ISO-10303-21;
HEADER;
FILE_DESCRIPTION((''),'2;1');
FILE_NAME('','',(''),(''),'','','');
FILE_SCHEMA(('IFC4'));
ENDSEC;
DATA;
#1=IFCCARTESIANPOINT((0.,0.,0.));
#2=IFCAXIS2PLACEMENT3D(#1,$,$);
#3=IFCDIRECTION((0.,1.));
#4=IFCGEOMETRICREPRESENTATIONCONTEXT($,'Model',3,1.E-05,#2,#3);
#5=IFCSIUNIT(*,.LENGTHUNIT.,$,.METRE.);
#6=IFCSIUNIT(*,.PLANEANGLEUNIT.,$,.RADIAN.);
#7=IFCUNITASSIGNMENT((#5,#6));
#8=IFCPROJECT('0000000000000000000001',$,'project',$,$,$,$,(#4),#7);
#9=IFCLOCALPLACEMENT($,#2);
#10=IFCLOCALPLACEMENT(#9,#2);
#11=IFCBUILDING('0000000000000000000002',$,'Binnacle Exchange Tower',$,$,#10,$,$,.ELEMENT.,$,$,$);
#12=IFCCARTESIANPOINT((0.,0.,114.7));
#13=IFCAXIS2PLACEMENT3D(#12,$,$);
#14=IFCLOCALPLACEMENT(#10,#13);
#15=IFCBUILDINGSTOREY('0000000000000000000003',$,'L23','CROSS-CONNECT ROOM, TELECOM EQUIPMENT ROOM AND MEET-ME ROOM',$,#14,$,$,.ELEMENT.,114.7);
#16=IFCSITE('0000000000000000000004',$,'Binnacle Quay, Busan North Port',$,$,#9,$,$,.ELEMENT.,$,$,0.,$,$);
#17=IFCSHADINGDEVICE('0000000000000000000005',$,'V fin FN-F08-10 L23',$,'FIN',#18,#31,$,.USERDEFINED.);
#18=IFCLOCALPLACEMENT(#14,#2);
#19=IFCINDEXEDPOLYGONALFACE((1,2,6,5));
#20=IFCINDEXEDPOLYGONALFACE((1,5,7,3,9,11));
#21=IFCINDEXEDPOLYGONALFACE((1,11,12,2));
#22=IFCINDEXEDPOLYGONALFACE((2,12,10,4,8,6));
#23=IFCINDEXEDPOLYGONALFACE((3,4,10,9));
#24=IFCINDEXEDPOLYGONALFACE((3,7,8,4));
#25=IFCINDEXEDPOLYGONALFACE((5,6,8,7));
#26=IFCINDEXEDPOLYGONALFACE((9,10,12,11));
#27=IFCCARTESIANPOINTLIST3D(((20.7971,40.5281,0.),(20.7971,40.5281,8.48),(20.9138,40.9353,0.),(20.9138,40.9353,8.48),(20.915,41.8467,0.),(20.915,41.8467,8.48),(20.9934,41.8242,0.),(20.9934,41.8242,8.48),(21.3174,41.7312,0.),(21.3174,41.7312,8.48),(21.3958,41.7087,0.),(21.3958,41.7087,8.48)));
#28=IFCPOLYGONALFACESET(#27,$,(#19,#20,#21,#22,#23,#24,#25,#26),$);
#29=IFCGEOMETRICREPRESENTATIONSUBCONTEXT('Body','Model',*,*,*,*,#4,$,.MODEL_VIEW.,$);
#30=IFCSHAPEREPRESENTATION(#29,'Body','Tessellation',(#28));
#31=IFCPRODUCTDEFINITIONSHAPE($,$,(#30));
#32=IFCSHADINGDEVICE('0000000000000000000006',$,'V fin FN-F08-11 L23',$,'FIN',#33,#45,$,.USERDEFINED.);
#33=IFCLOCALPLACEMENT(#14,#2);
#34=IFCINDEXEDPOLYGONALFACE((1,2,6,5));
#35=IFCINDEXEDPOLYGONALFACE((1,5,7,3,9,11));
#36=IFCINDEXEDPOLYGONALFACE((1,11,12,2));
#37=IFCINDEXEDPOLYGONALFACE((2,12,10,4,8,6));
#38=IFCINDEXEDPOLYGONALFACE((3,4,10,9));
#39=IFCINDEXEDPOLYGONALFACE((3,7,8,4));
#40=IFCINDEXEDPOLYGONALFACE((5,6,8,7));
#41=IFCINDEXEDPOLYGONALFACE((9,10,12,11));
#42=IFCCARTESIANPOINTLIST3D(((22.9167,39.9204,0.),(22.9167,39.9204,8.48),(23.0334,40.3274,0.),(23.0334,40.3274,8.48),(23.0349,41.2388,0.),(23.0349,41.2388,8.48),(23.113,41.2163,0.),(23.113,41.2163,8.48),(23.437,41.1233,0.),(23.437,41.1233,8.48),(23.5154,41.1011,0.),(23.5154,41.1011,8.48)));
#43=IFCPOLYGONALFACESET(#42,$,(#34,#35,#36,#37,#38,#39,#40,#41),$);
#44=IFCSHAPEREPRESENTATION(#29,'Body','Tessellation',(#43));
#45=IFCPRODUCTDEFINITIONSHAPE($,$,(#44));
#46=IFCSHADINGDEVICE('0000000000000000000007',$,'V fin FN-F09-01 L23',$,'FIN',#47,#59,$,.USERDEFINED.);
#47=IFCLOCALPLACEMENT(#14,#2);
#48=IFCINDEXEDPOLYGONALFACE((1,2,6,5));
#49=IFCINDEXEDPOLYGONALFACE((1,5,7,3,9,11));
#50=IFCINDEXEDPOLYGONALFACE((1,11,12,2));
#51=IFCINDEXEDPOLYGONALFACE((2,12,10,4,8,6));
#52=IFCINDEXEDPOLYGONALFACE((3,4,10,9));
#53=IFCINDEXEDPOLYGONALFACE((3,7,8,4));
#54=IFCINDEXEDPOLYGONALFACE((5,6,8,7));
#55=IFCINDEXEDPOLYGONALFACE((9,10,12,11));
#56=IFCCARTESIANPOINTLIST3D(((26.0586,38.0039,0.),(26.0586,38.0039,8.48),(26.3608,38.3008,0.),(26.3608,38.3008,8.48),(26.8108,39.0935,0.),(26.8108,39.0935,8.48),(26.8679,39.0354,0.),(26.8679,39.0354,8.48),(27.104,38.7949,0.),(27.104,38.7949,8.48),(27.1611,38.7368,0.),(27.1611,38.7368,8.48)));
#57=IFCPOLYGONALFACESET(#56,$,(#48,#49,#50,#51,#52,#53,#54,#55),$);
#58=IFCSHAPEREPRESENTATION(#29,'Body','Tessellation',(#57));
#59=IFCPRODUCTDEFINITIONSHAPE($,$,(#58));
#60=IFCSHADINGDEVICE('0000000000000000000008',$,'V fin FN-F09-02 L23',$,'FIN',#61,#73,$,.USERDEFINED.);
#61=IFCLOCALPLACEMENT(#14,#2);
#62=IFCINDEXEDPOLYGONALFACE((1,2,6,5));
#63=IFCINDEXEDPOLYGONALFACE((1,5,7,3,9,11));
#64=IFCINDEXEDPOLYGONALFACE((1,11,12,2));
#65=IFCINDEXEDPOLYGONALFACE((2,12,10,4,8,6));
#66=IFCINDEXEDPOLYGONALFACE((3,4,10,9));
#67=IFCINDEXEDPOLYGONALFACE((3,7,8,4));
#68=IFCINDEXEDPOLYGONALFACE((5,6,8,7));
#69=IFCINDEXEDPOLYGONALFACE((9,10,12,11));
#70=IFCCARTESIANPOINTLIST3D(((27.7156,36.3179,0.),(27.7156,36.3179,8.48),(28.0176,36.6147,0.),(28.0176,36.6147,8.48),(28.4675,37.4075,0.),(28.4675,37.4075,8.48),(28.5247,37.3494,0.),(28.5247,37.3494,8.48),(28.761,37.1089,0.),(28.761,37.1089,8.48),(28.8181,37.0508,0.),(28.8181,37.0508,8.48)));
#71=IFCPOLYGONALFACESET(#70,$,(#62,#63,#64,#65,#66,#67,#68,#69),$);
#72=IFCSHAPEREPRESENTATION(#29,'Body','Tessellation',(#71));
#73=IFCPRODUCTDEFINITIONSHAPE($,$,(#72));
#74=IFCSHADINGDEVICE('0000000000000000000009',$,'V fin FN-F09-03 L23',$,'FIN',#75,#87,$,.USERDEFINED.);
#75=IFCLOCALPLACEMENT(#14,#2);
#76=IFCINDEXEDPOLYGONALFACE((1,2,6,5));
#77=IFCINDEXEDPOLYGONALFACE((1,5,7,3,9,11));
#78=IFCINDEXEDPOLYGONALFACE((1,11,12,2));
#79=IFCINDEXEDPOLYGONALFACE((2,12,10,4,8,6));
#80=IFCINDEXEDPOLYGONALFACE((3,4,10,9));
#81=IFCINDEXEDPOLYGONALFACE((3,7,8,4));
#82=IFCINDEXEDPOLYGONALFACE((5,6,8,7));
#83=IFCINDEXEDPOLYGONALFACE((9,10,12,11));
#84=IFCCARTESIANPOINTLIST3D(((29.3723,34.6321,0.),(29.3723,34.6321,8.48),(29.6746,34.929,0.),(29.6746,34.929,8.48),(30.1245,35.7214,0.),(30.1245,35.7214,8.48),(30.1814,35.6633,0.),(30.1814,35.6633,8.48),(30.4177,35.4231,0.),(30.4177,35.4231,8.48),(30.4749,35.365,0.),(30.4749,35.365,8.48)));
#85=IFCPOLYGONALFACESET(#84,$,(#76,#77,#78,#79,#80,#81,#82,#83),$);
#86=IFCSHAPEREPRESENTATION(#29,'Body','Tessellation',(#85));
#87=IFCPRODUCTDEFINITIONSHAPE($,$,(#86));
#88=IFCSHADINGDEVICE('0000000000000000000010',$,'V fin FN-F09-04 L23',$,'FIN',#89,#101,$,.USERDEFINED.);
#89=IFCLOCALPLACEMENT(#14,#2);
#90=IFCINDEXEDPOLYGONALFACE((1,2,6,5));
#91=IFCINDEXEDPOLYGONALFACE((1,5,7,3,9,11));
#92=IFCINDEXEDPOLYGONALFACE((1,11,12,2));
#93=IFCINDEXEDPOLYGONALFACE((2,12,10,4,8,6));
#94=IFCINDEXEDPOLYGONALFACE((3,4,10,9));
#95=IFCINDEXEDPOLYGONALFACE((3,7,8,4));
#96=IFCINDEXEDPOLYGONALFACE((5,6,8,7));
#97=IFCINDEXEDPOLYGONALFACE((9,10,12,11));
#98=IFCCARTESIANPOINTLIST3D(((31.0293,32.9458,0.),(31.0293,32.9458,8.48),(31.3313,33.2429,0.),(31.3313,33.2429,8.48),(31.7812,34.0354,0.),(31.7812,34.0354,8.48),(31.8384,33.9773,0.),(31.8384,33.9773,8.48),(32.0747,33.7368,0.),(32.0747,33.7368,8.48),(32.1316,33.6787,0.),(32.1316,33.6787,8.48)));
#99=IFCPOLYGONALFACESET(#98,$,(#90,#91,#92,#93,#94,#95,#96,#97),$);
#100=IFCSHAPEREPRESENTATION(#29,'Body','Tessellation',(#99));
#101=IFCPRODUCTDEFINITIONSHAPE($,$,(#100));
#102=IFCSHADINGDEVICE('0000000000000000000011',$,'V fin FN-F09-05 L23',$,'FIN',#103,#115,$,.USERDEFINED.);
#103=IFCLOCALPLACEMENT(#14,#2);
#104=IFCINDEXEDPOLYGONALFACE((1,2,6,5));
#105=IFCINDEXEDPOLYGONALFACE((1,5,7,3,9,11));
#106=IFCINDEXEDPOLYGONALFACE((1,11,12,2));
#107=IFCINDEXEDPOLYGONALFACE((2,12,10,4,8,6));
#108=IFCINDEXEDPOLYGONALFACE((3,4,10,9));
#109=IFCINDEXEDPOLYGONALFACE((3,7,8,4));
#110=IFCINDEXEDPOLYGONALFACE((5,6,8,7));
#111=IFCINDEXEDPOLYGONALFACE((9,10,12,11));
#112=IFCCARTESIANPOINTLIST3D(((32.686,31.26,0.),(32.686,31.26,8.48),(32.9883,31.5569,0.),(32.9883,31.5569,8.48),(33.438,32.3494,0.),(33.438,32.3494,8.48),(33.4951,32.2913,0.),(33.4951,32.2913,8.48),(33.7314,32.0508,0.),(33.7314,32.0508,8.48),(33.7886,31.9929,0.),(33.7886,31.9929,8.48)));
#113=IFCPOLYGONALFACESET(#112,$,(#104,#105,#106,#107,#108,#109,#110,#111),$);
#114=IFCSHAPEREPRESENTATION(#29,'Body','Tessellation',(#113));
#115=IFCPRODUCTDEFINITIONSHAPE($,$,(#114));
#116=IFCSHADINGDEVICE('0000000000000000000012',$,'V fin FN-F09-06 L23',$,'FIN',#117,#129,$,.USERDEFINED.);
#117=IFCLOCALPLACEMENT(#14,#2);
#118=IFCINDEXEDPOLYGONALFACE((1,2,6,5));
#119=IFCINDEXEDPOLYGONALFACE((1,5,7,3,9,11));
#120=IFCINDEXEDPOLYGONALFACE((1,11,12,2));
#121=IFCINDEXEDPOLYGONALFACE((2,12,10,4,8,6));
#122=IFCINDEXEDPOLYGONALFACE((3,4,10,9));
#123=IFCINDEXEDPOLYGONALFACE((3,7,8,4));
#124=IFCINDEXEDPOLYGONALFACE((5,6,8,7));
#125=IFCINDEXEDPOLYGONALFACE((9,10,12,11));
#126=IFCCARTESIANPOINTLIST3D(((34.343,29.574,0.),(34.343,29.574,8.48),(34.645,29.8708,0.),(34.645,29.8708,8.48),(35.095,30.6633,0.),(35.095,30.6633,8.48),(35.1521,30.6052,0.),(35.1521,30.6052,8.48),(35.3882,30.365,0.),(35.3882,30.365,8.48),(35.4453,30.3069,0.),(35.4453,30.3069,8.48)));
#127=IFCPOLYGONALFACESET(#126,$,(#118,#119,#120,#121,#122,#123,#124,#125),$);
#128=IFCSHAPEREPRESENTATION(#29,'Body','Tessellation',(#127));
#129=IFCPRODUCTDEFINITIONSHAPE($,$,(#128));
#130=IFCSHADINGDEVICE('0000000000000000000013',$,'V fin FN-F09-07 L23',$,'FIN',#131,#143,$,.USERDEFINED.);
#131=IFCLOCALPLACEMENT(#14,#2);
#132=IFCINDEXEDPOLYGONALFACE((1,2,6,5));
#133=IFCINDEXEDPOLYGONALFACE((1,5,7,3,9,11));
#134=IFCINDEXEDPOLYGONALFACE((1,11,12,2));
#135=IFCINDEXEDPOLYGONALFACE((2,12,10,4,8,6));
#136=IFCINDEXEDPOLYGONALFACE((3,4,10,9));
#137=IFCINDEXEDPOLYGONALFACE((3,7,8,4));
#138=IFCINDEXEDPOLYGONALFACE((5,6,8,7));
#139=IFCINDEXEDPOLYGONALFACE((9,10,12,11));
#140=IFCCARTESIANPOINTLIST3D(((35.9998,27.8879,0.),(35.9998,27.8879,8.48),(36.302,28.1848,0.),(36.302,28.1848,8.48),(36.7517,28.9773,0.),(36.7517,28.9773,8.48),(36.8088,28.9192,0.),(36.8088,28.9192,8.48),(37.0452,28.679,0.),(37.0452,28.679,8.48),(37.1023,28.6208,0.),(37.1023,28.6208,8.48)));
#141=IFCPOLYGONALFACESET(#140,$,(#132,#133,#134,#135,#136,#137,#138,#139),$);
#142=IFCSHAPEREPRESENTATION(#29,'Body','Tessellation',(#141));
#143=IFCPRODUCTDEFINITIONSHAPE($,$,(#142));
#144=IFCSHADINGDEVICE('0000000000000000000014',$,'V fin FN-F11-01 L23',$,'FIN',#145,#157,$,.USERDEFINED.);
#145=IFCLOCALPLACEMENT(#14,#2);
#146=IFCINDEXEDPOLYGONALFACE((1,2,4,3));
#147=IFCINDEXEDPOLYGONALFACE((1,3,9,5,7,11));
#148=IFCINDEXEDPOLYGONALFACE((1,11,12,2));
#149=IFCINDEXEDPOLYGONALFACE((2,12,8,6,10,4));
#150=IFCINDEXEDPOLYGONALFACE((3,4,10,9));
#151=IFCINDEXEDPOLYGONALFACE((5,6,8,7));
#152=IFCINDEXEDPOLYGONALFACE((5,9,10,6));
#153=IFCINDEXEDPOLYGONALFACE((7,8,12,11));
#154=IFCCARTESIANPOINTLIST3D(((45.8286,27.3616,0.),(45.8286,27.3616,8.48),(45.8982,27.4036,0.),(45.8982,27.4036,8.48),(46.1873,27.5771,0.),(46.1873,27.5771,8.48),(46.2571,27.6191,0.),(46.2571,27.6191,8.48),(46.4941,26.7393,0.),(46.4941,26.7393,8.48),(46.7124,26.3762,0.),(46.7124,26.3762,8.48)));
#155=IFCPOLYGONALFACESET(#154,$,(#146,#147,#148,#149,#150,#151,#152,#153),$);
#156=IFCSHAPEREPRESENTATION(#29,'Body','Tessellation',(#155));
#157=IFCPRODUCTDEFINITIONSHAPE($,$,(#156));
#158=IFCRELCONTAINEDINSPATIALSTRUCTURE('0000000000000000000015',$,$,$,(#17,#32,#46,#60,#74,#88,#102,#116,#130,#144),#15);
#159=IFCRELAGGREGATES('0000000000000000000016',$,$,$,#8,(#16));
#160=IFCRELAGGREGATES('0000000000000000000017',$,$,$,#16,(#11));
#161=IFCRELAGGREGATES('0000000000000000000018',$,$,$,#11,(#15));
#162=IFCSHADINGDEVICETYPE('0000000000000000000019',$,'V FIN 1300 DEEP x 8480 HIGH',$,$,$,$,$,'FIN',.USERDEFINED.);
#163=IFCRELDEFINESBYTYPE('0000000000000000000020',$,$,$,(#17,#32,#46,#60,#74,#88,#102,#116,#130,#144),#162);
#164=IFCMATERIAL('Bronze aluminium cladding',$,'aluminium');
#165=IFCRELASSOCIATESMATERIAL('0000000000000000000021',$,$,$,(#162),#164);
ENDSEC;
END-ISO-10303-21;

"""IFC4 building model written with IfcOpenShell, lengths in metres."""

from ifc_helpers import new_model, si_unit, direction, frame, origin, place, context, subcontext, project, spatial, polyline, outline, extrude, material, type_object, element, save


model = new_model("IFC4")

# Units and contexts
model_context = context("Model", 3, precision=1e-05, world=origin(), true_north=direction((0.0, 1.0)))
body_context = subcontext(model_context, "Body", "Model", "MODEL_VIEW")
ifc_project = project(units=[si_unit("LENGTHUNIT", "METRE"), si_unit("PLANEANGLEUNIT", "RADIAN")], contexts=[model_context])

# Site, building, storey
site_placement = place(None, origin())
site = spatial("IfcSite", under=ifc_project, at=site_placement, Name="Binnacle Quay, Busan North Port", CompositionType="ELEMENT", RefElevation=0.0)
building_placement = place(site_placement, origin())
building = spatial("IfcBuilding", under=site, at=building_placement, Name="Binnacle Exchange Tower", CompositionType="ELEMENT")
storey_placement = place(building_placement, frame((0.0, 0.0, 114.7)))
storey = spatial("IfcBuildingStorey", under=building, at=storey_placement, Name="L23", Description="CROSS-CONNECT ROOM, TELECOM EQUIPMENT ROOM AND MEET-ME ROOM", CompositionType="ELEMENT", Elevation=114.7)

# Shading devices
ifc_material = material(Name="Bronze aluminium cladding", Category="aluminium")
shading_device_type = type_object("IfcShadingDeviceType", Name="V FIN 1300 DEEP x 8480 HIGH", ElementType="FIN", PredefinedType="USERDEFINED", material=ifc_material)
shading_device_1_placement = place(storey_placement, origin())
element("IfcShadingDevice", 1, at=shading_device_1_placement, inside=storey, type_object=shading_device_type, Name="V fin FN-F08-10 L23", ObjectType="FIN", PredefinedType="USERDEFINED", context=body_context, shape_type="SweptSolid", body=[
    extrude(outline(polyline([(20.915, 41.8467), (20.7971, 40.5281), (21.3958, 41.7087), (21.3174, 41.7312), (20.9138, 40.9353), (20.9934, 41.8242), (20.915, 41.8467)])), origin(), (0.0, 0.0, 1.0), 8.48),
])
shading_device_2_placement = place(storey_placement, origin())
element("IfcShadingDevice", 2, at=shading_device_2_placement, inside=storey, type_object=shading_device_type, Name="V fin FN-F08-11 L23", ObjectType="FIN", PredefinedType="USERDEFINED", context=body_context, shape_type="SweptSolid", body=[
    extrude(outline(polyline([(23.0349, 41.2388), (22.9167, 39.9204), (23.5154, 41.1011), (23.437, 41.1233), (23.0334, 40.3274), (23.113, 41.2163), (23.0349, 41.2388)])), origin(), (0.0, 0.0, 1.0), 8.48),
])
shading_device_3_placement = place(storey_placement, origin())
element("IfcShadingDevice", 3, at=shading_device_3_placement, inside=storey, type_object=shading_device_type, Name="V fin FN-F09-01 L23", ObjectType="FIN", PredefinedType="USERDEFINED", context=body_context, shape_type="SweptSolid", body=[
    extrude(outline(polyline([(26.8108, 39.0935), (26.0586, 38.0039), (27.1611, 38.7368), (27.104, 38.7949), (26.3608, 38.3008), (26.8679, 39.0354), (26.8108, 39.0935)])), origin(), (0.0, 0.0, 1.0), 8.48),
])
shading_device_4_placement = place(storey_placement, origin())
element("IfcShadingDevice", 4, at=shading_device_4_placement, inside=storey, type_object=shading_device_type, Name="V fin FN-F09-02 L23", ObjectType="FIN", PredefinedType="USERDEFINED", context=body_context, shape_type="SweptSolid", body=[
    extrude(outline(polyline([(28.4675, 37.4075), (27.7156, 36.3179), (28.8181, 37.0508), (28.761, 37.1089), (28.0176, 36.6147), (28.5247, 37.3494), (28.4675, 37.4075)])), origin(), (0.0, 0.0, 1.0), 8.48),
])
shading_device_5_placement = place(storey_placement, origin())
element("IfcShadingDevice", 5, at=shading_device_5_placement, inside=storey, type_object=shading_device_type, Name="V fin FN-F09-03 L23", ObjectType="FIN", PredefinedType="USERDEFINED", context=body_context, shape_type="SweptSolid", body=[
    extrude(outline(polyline([(30.1245, 35.7214), (29.3723, 34.6321), (30.4749, 35.365), (30.4177, 35.4231), (29.6746, 34.929), (30.1814, 35.6633), (30.1245, 35.7214)])), origin(), (0.0, 0.0, 1.0), 8.48),
])
shading_device_6_placement = place(storey_placement, origin())
element("IfcShadingDevice", 6, at=shading_device_6_placement, inside=storey, type_object=shading_device_type, Name="V fin FN-F09-04 L23", ObjectType="FIN", PredefinedType="USERDEFINED", context=body_context, shape_type="SweptSolid", body=[
    extrude(outline(polyline([(31.7812, 34.0354), (31.0293, 32.9458), (32.1316, 33.6787), (32.0747, 33.7368), (31.3313, 33.2429), (31.8384, 33.9773), (31.7812, 34.0354)])), origin(), (0.0, 0.0, 1.0), 8.48),
])
shading_device_7_placement = place(storey_placement, origin())
element("IfcShadingDevice", 7, at=shading_device_7_placement, inside=storey, type_object=shading_device_type, Name="V fin FN-F09-05 L23", ObjectType="FIN", PredefinedType="USERDEFINED", context=body_context, shape_type="SweptSolid", body=[
    extrude(outline(polyline([(33.438, 32.3494), (32.686, 31.26), (33.7886, 31.9929), (33.7314, 32.0508), (32.9883, 31.5569), (33.4951, 32.2913), (33.438, 32.3494)])), origin(), (0.0, 0.0, 1.0), 8.48),
])
shading_device_8_placement = place(storey_placement, origin())
element("IfcShadingDevice", 8, at=shading_device_8_placement, inside=storey, type_object=shading_device_type, Name="V fin FN-F09-06 L23", ObjectType="FIN", PredefinedType="USERDEFINED", context=body_context, shape_type="SweptSolid", body=[
    extrude(outline(polyline([(35.095, 30.6633), (34.343, 29.574), (35.4453, 30.3069), (35.3882, 30.365), (34.645, 29.8708), (35.1521, 30.6052), (35.095, 30.6633)])), origin(), (0.0, 0.0, 1.0), 8.48),
])
shading_device_9_placement = place(storey_placement, origin())
element("IfcShadingDevice", 9, at=shading_device_9_placement, inside=storey, type_object=shading_device_type, Name="V fin FN-F09-07 L23", ObjectType="FIN", PredefinedType="USERDEFINED", context=body_context, shape_type="SweptSolid", body=[
    extrude(outline(polyline([(36.7517, 28.9773), (35.9998, 27.8879), (37.1023, 28.6208), (37.0452, 28.679), (36.302, 28.1848), (36.8088, 28.9192), (36.7517, 28.9773)])), origin(), (0.0, 0.0, 1.0), 8.48),
])
shading_device_10_placement = place(storey_placement, origin())
element("IfcShadingDevice", 10, at=shading_device_10_placement, inside=storey, type_object=shading_device_type, Name="V fin FN-F11-01 L23", ObjectType="FIN", PredefinedType="USERDEFINED", context=body_context, shape_type="SweptSolid", body=[
    extrude(outline(polyline([(45.8286, 27.3616), (46.7124, 26.3762), (46.2571, 27.6191), (46.1873, 27.5771), (46.4941, 26.7393), (45.8982, 27.4036), (45.8286, 27.3616)])), origin(), (0.0, 0.0, 1.0), 8.48),
])

save(model, "model.ifc")
